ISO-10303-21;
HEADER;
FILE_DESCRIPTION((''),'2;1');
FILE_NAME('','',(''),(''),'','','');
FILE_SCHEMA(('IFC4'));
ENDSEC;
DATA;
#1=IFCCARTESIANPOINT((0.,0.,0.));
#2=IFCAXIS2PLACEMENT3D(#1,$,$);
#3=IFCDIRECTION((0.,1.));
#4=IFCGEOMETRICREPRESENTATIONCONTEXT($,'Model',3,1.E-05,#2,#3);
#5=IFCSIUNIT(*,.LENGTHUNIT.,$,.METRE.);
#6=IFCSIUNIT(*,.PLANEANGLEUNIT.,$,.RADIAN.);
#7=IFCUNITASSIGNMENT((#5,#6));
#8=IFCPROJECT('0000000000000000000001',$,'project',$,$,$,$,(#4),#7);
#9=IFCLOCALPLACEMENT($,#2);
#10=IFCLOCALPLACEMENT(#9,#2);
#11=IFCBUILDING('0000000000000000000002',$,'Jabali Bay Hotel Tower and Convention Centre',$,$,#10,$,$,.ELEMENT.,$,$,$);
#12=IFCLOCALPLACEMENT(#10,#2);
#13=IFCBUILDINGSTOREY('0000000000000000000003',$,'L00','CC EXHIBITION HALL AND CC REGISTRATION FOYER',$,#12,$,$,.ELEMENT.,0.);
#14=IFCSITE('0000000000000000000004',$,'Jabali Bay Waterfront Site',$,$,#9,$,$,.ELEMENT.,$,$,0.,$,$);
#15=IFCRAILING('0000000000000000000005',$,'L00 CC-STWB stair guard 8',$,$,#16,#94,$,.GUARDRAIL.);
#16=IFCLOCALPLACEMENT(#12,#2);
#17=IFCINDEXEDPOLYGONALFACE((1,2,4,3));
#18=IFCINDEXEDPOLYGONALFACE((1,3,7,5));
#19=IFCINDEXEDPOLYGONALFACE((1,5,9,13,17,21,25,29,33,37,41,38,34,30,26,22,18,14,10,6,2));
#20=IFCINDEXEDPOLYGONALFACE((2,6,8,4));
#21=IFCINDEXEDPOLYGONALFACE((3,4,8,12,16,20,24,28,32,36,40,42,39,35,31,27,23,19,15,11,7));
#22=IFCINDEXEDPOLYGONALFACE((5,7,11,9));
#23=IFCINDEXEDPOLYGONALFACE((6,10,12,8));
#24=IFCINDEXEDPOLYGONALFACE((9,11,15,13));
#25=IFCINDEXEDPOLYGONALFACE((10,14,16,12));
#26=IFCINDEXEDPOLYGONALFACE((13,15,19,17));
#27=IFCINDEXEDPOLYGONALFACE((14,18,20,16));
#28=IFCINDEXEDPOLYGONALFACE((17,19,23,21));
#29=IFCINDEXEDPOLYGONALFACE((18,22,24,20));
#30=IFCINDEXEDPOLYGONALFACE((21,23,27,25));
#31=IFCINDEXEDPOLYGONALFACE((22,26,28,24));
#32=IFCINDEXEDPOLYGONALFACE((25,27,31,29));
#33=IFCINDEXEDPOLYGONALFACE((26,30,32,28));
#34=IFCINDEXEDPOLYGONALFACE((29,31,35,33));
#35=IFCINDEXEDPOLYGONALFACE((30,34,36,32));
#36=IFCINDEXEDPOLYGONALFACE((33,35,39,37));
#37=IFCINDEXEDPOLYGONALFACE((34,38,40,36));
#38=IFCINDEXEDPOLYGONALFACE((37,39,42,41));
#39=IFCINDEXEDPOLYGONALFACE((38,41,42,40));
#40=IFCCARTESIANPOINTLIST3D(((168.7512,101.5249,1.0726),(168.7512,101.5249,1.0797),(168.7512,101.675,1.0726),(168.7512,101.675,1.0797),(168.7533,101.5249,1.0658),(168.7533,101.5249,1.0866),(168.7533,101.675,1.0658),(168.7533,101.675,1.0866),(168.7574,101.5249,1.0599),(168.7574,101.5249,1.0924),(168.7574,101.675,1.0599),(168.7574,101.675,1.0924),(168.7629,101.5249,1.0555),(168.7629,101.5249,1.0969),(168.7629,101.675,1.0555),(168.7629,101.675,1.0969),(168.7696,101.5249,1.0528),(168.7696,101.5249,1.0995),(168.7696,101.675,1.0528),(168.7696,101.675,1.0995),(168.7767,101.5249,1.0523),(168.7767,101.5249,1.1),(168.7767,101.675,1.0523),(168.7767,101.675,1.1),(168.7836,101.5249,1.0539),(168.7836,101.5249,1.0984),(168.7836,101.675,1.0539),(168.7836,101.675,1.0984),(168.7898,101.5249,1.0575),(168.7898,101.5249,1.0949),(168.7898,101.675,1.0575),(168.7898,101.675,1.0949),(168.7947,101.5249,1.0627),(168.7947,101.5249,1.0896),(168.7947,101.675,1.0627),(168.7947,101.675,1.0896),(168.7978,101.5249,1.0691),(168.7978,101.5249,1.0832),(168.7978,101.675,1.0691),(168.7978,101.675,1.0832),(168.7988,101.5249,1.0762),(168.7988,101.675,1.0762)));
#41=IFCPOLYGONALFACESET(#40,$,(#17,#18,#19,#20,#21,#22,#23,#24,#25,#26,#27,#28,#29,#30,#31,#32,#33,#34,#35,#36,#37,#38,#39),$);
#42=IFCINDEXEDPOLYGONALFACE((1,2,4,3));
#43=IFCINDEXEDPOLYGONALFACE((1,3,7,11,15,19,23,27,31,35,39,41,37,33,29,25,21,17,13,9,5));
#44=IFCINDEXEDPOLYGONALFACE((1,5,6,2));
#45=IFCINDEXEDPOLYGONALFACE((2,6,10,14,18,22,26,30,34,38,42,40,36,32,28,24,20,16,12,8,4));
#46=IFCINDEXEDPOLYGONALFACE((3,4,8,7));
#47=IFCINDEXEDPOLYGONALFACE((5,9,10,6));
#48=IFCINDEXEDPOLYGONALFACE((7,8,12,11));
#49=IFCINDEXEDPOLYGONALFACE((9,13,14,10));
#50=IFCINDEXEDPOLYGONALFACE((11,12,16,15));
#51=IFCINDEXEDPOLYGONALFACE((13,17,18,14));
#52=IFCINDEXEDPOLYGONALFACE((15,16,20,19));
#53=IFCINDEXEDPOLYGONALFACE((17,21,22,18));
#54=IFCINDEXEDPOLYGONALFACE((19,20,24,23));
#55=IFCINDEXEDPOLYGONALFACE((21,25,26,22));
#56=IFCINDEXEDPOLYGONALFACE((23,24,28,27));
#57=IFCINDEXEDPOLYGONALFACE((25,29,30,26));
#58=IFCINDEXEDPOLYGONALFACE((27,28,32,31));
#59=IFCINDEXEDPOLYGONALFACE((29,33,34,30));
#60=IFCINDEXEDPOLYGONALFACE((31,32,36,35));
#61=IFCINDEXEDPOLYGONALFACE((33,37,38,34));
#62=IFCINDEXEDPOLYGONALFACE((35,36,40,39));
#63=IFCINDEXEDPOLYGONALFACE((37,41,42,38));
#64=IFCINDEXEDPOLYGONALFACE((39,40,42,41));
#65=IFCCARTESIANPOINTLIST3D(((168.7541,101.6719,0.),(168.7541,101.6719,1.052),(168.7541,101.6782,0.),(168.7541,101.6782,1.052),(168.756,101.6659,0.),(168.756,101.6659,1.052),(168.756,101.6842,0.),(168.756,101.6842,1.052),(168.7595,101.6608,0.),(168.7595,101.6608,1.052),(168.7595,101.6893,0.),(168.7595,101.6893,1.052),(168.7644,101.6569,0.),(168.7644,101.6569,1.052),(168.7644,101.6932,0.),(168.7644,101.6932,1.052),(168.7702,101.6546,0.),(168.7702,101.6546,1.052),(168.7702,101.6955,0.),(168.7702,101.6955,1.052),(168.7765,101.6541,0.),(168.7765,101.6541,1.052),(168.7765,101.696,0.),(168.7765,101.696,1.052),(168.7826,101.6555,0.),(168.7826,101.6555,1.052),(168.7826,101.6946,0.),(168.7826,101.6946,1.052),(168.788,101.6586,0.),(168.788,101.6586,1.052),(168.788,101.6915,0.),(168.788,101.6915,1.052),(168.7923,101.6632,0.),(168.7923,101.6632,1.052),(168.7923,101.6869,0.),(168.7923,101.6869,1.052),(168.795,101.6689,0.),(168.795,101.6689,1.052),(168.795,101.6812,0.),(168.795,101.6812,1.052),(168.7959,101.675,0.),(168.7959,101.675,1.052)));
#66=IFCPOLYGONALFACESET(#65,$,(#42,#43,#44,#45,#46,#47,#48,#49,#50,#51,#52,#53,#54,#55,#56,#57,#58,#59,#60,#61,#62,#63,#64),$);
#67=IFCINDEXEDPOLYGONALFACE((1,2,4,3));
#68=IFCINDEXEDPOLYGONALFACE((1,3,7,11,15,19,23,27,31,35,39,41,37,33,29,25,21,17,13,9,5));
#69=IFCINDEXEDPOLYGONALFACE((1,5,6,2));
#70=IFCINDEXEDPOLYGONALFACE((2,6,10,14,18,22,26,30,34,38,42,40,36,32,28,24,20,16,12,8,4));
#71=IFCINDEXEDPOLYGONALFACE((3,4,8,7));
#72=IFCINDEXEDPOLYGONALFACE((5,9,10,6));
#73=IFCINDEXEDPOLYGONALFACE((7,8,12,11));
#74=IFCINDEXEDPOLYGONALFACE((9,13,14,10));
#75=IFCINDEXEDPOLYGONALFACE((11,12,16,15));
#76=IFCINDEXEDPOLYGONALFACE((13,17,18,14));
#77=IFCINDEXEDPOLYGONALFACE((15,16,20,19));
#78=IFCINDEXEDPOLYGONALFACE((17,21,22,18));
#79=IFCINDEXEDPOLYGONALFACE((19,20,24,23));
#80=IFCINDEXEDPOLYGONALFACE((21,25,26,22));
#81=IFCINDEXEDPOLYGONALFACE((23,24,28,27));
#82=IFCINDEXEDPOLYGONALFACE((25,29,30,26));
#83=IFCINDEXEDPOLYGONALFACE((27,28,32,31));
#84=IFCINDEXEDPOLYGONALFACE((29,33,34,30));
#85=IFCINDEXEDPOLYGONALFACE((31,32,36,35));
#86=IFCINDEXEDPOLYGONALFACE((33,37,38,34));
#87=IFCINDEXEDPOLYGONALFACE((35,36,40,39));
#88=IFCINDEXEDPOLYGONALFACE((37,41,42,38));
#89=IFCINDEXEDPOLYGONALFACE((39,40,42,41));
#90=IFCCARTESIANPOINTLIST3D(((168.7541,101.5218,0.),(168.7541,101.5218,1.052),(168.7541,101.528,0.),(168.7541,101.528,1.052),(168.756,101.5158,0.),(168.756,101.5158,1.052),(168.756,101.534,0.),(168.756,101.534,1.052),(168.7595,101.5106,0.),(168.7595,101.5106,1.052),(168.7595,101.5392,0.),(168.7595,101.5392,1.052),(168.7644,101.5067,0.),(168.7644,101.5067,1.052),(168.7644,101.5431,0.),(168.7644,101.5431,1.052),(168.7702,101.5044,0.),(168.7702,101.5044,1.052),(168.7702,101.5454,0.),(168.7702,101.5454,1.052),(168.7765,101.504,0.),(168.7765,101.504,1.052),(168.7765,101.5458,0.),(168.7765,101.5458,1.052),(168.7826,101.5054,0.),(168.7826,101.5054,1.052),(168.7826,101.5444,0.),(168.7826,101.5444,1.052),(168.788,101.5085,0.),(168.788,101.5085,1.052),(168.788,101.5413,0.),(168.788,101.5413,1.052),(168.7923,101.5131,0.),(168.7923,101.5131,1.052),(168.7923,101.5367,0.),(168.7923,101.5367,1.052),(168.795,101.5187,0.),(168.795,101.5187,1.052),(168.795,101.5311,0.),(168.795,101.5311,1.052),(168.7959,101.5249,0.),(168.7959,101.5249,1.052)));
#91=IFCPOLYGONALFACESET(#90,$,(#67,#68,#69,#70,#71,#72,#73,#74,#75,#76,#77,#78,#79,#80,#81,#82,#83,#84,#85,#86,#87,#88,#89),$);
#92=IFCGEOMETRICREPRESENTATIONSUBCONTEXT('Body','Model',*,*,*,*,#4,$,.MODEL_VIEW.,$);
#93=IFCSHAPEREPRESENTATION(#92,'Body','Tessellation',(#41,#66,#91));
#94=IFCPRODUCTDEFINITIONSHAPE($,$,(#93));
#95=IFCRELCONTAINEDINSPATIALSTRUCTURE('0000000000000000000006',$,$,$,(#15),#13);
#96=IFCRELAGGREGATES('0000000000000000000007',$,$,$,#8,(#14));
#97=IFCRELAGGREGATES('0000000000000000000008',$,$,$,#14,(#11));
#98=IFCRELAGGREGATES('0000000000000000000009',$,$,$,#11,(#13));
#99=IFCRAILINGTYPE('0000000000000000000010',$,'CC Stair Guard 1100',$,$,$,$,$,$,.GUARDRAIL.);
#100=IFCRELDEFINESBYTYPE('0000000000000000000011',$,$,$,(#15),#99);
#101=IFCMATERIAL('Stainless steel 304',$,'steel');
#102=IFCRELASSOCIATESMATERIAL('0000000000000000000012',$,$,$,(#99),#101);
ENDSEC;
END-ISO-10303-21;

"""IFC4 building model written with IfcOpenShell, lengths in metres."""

from ifc_helpers import new_model, si_unit, direction, frame, origin, origin_2d, place, context, subcontext, project, spatial, circle, extrude, material, type_object, element, save


model = new_model("IFC4")

# Units and contexts
model_context = context("Model", 3, precision=1e-05, world=origin(), true_north=direction((0.0, 1.0)))
body_context = subcontext(model_context, "Body", "Model", "MODEL_VIEW")
ifc_project = project(units=[si_unit("LENGTHUNIT", "METRE"), si_unit("PLANEANGLEUNIT", "RADIAN")], contexts=[model_context])

# Site, building, storey
site_placement = place(None, origin())
site = spatial("IfcSite", under=ifc_project, at=site_placement, Name="Jabali Bay Waterfront Site", CompositionType="ELEMENT", RefElevation=0.0)
building_placement = place(site_placement, origin())
building = spatial("IfcBuilding", under=site, at=building_placement, Name="Jabali Bay Hotel Tower and Convention Centre", CompositionType="ELEMENT")
storey_placement = place(building_placement, origin())
storey = spatial("IfcBuildingStorey", under=building, at=storey_placement, Name="L00", Description="CC EXHIBITION HALL AND CC REGISTRATION FOYER", CompositionType="ELEMENT", Elevation=0.0)

# Railing
ifc_material_1 = material(Name="Stainless steel 304", Category="steel")
railing_type_1 = type_object("IfcRailingType", Name="CC Stair Guard 1100", PredefinedType="GUARDRAIL", material=ifc_material_1)
railing_1_placement = place(storey_placement, frame((168.7749, 101.675, 0.0)))
element("IfcRailing", 1, at=railing_1_placement, inside=storey, type_object=railing_type_1, Name="L00 CC-STWB stair guard 8", PredefinedType="GUARDRAIL", context=body_context, shape_type="SweptSolid", body=[
    extrude(circle(Radius=0.0239, at=origin_2d()), frame((0.0, 0.0, 1.0762), z_axis=(0.0, -1.0, 0.0), x_axis=(1.0, 0.0, 0.0)), (0.0, 0.0, 1.0), 0.1501),
    extrude(circle(Radius=0.021, at=origin_2d()), origin(), (0.0, 0.0, 1.0), 1.052),
    extrude(circle(Radius=0.021, at=origin_2d()), frame((0.0, -0.1501, 0.0)), (0.0, 0.0, 1.0), 1.052),
])

save(model, "model.ifc")
